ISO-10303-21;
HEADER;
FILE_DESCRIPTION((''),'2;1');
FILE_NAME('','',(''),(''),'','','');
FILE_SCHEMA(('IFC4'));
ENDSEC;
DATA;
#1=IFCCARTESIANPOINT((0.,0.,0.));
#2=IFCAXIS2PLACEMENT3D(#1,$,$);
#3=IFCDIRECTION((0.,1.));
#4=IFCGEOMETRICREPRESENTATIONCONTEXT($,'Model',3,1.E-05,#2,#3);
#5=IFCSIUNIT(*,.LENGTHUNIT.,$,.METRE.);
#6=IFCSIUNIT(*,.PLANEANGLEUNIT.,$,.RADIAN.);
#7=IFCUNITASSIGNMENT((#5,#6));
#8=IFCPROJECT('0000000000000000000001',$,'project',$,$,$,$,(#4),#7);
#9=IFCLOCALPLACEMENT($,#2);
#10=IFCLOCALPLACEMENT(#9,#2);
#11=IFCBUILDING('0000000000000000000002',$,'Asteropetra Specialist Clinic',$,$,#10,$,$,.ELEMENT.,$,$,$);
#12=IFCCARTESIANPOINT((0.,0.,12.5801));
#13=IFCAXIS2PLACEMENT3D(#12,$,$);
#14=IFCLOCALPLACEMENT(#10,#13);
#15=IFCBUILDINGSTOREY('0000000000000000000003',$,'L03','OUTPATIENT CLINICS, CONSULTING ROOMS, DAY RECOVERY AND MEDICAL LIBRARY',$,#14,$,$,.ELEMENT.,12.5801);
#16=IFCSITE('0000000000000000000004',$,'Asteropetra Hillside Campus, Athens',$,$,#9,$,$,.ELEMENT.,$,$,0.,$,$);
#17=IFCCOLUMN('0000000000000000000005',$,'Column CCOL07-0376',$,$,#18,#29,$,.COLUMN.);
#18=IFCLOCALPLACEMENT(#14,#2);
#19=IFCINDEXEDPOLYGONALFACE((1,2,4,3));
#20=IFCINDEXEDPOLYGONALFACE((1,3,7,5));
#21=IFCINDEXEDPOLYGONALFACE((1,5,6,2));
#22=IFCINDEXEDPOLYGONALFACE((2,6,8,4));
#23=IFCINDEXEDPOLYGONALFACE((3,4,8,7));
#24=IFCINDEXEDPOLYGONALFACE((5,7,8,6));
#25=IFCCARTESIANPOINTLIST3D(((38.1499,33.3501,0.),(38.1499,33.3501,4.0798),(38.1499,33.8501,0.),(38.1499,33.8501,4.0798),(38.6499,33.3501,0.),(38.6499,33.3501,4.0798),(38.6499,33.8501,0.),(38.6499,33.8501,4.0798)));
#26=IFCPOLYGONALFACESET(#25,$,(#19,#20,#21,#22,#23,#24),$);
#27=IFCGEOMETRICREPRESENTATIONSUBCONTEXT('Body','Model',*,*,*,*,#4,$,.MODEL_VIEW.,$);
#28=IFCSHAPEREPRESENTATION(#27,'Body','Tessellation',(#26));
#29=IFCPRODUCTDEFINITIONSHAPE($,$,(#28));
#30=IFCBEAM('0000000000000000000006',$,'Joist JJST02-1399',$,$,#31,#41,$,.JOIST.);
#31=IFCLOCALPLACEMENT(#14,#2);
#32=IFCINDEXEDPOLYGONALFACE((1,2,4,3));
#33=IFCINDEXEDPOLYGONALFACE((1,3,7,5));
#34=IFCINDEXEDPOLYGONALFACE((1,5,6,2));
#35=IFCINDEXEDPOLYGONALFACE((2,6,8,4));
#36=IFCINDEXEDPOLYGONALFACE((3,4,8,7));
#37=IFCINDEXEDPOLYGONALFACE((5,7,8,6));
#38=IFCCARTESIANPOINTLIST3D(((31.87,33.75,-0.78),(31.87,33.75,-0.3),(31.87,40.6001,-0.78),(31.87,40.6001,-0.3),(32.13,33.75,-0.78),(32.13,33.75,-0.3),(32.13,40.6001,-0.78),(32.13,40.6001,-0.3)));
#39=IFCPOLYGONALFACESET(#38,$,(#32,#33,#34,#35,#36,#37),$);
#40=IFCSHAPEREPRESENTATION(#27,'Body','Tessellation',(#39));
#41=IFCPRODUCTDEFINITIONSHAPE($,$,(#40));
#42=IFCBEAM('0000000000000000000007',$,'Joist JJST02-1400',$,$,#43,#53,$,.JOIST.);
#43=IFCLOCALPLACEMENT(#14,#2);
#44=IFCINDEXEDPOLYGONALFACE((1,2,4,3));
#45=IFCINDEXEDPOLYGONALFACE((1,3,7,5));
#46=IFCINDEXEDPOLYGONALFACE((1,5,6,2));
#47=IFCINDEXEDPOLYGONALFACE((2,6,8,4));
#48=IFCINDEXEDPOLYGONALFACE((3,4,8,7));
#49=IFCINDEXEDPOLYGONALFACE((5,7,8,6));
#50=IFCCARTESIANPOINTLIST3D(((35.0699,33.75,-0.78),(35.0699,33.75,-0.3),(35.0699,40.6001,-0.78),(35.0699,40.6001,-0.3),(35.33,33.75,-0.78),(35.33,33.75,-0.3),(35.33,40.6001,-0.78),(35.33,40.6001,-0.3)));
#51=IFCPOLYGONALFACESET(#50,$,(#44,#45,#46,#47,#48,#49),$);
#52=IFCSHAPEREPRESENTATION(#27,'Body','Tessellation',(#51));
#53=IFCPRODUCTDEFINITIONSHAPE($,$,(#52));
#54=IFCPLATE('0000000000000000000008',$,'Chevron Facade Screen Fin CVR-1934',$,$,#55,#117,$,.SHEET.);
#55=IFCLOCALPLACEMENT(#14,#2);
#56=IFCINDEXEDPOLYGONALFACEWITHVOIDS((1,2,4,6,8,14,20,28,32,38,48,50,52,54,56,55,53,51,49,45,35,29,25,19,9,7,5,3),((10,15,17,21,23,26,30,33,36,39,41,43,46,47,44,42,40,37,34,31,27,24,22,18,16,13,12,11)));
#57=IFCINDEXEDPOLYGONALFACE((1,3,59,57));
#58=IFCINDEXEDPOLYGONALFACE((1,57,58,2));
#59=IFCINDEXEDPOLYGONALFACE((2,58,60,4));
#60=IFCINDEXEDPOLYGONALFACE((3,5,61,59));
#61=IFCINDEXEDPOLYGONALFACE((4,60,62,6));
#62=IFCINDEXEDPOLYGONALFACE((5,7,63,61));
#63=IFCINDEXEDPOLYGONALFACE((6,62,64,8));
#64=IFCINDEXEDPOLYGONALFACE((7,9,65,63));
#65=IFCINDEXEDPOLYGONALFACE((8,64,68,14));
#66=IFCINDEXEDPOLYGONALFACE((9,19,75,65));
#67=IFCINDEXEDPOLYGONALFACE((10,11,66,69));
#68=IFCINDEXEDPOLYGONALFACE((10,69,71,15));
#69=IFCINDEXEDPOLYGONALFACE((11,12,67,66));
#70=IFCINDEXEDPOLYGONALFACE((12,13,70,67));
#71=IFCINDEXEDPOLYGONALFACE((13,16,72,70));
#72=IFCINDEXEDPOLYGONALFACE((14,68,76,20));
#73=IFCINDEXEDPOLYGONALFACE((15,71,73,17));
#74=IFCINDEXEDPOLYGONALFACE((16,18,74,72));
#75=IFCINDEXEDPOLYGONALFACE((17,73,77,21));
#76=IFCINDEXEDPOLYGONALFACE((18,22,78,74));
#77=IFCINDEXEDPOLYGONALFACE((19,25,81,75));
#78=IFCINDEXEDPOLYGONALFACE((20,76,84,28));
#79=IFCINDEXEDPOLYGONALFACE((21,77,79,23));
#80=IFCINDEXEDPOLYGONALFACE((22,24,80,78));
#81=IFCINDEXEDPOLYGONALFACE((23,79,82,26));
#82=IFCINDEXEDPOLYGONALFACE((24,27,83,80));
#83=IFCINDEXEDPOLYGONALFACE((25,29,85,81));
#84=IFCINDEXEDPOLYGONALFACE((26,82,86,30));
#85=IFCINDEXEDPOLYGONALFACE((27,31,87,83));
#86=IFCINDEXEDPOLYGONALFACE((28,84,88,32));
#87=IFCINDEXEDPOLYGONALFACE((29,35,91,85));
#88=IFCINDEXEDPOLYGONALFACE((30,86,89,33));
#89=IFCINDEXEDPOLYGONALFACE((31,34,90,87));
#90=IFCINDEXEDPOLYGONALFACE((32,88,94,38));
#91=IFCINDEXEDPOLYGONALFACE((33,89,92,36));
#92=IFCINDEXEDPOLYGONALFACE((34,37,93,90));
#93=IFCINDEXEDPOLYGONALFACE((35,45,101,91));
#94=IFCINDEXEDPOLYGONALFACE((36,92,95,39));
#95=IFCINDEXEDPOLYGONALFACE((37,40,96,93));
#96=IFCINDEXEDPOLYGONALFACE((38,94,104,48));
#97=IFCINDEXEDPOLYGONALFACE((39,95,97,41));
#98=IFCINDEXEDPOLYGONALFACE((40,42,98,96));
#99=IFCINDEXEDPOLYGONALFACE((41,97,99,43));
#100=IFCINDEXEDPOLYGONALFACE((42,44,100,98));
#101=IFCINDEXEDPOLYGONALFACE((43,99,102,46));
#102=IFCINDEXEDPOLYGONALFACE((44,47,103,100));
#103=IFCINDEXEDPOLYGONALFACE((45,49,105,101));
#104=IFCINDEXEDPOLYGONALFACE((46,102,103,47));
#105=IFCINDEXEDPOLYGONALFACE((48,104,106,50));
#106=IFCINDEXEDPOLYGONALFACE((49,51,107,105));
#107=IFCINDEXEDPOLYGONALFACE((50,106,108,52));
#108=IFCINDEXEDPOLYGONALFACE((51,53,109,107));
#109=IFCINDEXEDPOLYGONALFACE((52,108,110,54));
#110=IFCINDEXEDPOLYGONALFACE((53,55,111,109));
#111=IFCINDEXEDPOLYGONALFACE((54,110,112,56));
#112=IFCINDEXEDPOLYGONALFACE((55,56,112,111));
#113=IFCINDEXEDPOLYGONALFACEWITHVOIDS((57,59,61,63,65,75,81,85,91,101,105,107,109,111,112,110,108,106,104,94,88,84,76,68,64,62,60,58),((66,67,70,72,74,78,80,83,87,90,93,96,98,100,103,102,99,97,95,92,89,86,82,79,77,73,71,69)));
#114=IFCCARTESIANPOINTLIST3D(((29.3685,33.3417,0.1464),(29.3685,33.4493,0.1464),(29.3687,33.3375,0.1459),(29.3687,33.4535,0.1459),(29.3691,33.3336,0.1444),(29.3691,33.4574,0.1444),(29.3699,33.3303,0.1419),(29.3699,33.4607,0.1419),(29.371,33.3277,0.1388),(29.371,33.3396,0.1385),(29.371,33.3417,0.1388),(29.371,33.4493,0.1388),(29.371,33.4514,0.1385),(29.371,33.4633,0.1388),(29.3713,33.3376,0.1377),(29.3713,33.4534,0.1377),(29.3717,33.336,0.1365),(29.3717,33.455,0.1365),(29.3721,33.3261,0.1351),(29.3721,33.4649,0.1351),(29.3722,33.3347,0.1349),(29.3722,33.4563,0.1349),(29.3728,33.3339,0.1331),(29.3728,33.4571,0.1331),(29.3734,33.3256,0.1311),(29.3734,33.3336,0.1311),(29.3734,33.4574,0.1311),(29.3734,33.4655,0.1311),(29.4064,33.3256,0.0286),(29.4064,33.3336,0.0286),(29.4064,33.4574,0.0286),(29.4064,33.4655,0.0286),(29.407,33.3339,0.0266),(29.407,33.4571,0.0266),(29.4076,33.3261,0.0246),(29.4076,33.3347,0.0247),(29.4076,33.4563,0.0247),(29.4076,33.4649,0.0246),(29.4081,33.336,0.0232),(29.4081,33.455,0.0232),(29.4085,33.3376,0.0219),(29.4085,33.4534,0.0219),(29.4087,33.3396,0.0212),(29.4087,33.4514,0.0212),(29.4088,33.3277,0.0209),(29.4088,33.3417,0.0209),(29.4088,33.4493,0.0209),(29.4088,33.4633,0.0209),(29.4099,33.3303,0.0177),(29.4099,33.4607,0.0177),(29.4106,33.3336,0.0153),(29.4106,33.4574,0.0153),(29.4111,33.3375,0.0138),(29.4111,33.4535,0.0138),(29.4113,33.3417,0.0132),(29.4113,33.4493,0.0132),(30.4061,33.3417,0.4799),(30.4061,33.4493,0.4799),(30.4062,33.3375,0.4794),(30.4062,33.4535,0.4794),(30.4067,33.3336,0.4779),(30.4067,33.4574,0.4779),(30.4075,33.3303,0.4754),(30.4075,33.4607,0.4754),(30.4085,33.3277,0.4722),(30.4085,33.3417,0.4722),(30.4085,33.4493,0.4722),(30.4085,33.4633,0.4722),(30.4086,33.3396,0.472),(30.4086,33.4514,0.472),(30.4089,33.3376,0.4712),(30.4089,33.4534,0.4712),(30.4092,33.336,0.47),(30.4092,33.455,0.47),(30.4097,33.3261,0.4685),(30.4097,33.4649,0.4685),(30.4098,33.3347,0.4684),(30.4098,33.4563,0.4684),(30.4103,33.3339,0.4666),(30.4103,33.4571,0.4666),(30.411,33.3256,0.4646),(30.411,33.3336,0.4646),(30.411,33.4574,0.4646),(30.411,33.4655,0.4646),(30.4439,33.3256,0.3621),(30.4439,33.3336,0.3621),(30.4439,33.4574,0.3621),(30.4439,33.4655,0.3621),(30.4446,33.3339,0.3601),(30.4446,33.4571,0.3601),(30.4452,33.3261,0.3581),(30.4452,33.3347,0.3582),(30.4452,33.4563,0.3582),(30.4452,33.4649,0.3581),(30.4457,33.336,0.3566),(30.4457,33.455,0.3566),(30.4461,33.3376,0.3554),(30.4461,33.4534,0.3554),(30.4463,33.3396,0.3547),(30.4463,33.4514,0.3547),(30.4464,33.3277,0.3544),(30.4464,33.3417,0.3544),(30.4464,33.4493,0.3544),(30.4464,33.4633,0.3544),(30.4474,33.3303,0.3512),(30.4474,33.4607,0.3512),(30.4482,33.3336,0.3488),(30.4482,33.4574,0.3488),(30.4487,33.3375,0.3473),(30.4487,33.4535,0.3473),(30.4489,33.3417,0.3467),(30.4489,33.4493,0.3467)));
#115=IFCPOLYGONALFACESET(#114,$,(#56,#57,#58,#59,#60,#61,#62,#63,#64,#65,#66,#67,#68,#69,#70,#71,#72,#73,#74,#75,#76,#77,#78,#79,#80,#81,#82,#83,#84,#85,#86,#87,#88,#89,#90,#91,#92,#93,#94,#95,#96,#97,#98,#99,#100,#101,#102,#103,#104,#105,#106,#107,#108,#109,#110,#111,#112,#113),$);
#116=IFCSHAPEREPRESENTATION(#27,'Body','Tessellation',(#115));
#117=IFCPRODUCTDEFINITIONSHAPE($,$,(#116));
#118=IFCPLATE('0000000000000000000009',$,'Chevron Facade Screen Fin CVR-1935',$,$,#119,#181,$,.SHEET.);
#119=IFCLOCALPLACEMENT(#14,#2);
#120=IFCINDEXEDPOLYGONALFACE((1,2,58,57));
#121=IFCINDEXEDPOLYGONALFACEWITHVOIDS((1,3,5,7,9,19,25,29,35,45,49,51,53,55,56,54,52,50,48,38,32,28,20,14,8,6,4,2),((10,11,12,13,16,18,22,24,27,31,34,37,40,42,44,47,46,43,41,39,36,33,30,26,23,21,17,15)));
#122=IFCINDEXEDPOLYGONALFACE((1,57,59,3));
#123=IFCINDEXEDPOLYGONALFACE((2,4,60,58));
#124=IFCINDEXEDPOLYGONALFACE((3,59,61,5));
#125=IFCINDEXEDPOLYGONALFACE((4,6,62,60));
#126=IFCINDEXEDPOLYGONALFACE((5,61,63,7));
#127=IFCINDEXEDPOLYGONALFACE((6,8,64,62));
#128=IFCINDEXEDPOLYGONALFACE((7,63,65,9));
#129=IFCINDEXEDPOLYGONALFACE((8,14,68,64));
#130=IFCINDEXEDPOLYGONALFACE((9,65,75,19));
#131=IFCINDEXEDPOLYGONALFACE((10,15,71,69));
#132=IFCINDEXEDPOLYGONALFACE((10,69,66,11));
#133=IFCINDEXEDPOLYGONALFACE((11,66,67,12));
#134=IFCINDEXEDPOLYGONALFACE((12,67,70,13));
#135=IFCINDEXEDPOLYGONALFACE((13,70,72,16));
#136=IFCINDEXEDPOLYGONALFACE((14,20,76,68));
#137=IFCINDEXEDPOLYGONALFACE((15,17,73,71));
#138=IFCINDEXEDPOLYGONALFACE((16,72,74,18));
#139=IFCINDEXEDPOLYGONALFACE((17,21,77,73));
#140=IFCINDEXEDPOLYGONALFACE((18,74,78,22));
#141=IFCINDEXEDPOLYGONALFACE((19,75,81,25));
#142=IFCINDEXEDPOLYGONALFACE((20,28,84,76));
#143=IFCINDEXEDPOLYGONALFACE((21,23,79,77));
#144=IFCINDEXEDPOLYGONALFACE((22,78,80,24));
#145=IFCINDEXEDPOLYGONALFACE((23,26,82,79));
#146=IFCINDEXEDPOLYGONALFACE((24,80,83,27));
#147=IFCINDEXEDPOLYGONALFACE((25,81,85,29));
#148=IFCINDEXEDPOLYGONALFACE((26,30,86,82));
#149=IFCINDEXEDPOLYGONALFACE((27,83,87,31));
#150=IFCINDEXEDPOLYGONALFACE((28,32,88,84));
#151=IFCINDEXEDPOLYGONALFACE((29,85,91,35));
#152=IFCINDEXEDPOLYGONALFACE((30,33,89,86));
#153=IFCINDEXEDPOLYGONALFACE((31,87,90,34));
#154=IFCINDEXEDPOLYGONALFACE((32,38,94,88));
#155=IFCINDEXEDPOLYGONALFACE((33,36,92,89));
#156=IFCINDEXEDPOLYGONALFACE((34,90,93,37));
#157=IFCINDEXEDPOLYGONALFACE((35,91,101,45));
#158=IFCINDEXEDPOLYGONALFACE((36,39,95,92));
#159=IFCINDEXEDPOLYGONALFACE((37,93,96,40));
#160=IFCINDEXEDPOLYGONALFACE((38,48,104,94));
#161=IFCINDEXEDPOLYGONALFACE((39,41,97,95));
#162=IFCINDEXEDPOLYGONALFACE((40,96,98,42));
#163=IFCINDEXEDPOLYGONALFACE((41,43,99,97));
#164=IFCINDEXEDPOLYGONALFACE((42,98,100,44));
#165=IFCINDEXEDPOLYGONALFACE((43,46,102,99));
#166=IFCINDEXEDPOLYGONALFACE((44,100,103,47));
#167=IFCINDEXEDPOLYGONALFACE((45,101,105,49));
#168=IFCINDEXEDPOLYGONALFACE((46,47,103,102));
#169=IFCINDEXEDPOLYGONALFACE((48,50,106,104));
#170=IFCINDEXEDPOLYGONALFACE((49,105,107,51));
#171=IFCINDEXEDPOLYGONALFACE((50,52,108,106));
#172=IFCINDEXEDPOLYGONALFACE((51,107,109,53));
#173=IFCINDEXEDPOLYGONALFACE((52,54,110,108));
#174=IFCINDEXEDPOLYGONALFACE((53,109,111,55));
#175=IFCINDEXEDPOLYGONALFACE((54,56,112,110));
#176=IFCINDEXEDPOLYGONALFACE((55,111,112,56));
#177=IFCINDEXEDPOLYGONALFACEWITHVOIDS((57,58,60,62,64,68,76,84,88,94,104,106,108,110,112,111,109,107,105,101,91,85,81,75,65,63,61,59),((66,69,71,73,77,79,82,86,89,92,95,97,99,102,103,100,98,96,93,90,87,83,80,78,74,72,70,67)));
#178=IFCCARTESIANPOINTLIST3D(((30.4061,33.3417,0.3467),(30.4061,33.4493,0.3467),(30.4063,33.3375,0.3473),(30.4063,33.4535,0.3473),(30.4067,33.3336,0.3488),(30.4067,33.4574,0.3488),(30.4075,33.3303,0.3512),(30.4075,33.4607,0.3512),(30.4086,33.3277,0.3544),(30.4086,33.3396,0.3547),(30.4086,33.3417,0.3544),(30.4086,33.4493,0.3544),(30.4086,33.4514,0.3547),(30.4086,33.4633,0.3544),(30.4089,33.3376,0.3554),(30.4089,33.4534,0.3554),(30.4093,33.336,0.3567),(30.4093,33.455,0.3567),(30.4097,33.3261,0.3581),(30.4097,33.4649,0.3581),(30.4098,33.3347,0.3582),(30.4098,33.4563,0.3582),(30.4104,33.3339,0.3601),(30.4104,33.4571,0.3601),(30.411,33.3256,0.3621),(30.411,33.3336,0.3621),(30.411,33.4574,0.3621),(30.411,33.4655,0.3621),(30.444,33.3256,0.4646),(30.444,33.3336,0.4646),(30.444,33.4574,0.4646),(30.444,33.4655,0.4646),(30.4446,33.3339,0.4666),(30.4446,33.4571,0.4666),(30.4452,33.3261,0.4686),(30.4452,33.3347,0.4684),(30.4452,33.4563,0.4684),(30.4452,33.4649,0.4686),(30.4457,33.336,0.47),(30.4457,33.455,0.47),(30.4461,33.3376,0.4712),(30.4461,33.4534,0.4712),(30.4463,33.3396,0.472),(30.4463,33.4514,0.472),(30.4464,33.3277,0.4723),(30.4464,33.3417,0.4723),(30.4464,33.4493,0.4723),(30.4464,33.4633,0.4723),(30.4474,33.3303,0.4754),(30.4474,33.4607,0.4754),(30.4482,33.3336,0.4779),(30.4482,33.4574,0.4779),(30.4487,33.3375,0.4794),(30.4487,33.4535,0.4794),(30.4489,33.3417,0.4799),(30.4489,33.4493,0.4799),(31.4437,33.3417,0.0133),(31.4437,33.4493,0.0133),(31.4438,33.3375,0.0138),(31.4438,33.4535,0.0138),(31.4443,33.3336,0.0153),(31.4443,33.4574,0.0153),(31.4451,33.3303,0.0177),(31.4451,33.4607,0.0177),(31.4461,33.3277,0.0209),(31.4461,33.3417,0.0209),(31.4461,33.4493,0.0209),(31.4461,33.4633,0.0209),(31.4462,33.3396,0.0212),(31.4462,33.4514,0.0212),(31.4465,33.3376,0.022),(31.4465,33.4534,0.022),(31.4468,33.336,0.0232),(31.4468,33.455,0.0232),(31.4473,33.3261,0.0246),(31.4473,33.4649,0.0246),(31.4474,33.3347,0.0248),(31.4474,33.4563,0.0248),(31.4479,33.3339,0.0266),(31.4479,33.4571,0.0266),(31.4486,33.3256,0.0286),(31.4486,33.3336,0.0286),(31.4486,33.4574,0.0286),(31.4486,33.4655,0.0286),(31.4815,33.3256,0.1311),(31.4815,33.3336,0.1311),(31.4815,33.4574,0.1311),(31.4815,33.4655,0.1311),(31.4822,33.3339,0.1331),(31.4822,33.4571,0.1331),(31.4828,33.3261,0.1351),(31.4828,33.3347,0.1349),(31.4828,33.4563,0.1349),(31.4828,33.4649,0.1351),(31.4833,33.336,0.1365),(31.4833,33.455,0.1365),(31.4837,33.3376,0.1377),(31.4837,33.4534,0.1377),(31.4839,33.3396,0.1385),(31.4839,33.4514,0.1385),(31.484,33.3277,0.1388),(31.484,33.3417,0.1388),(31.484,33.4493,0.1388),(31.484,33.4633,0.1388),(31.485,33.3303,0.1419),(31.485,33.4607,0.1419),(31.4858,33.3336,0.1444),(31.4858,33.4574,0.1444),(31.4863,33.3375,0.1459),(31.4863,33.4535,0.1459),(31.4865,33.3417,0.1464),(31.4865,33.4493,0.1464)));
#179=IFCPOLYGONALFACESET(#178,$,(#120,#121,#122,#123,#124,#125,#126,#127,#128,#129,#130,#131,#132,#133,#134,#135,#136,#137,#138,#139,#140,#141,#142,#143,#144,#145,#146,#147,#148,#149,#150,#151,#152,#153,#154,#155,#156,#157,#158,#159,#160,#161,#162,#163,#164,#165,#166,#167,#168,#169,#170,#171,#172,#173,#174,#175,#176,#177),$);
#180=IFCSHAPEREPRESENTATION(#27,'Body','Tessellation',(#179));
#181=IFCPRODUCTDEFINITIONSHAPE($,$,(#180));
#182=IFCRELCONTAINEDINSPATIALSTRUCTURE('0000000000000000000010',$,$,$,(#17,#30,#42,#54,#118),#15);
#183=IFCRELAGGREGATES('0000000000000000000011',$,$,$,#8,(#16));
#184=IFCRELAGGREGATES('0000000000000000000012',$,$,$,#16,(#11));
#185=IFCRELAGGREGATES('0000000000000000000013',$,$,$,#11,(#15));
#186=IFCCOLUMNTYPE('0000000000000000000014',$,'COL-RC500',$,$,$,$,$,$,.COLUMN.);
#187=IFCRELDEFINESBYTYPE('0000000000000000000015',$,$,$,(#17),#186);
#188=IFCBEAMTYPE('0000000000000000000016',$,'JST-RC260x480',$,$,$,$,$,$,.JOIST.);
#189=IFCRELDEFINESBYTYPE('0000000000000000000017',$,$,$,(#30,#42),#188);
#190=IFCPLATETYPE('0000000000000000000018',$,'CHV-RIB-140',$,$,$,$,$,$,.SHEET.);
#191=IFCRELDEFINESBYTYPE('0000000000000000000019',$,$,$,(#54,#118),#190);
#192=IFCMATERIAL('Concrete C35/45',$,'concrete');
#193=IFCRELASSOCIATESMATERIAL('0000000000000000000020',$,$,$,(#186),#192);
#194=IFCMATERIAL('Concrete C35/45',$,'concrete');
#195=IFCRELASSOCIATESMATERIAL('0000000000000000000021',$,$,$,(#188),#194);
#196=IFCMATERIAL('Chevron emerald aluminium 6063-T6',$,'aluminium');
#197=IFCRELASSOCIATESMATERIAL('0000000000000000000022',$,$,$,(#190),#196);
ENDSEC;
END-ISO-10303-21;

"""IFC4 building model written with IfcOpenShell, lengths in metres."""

from ifc_helpers import new_model, si_unit, direction, frame, origin, origin_2d, place, context, subcontext, project, spatial, rectangle, hollow_rectangle, extrude, material, material_profile, profile_set, type_object, element, save


model = new_model("IFC4")

# Units and contexts
model_context = context("Model", 3, precision=1e-05, world=origin(), true_north=direction((0.0, 1.0)))
body_context = subcontext(model_context, "Body", "Model", "MODEL_VIEW")
ifc_project = project(units=[si_unit("LENGTHUNIT", "METRE"), si_unit("PLANEANGLEUNIT", "RADIAN")], contexts=[model_context])

# Site, building, storey
site_placement = place(None, origin())
site = spatial("IfcSite", under=ifc_project, at=site_placement, Name="Asteropetra Hillside Campus, Athens", CompositionType="ELEMENT", RefElevation=0.0)
building_placement = place(site_placement, origin())
building = spatial("IfcBuilding", under=site, at=building_placement, Name="Asteropetra Specialist Clinic", CompositionType="ELEMENT")
storey_placement = place(building_placement, frame((0.0, 0.0, 12.5801)))
storey = spatial("IfcBuildingStorey", under=building, at=storey_placement, Name="L03", Description="OUTPATIENT CLINICS, CONSULTING ROOMS, DAY RECOVERY AND MEDICAL LIBRARY", CompositionType="ELEMENT", Elevation=12.5801)

# Column
ifc_material_1 = material(Name="Concrete C35/45", Category="concrete")
ifc_material_profile_1 = material_profile(ifc_material_1, rectangle(XDim=0.5, YDim=0.5, at=origin_2d()), Name="RC 500x500")
ifc_profile_set_1 = profile_set([ifc_material_profile_1], Name="Concrete C35/45")
column_type = type_object("IfcColumnType", Name="COL-RC500", PredefinedType="COLUMN", material=ifc_profile_set_1)
column_placement = place(storey_placement, frame((38.3999, 33.6001, 0.0), z_axis=(0.0, 0.0, 1.0), x_axis=(1.0, 0.0, 0.0)))
element("IfcColumn", 1, at=column_placement, inside=storey, type_object=column_type, Name="Column CCOL07-0376", PredefinedType="COLUMN", context=body_context, shape_type="SweptSolid", body=[
    extrude(rectangle(XDim=0.5, YDim=0.5, at=origin_2d()), origin(), (0.0, 0.0, 1.0), 4.0798),
])

# Beams
ifc_material_2 = material(Name="Concrete C35/45", Category="concrete")
ifc_material_profile_2 = material_profile(ifc_material_2, rectangle(XDim=0.26, YDim=0.48, at=origin_2d()), Name="RCJ 260x480")
ifc_profile_set_2 = profile_set([ifc_material_profile_2], Name="Concrete C35/45")
beam_type = type_object("IfcBeamType", Name="JST-RC260x480", PredefinedType="JOIST", material=ifc_profile_set_2)
for number, where, z_axis, x_axis, name in (
    (2, (32.0, 33.75, -0.54), (0.0, 1.0, 0.0), (-1.0, 0.0, 0.0), "Joist JJST02-1399"),
    (3, (35.2, 33.75, -0.54), (0.0, 1.0, 0.0), (-1.0, 0.0, 0.0), "Joist JJST02-1400"),
):
    element("IfcBeam", number, at=place(storey_placement, frame(where, z_axis=z_axis, x_axis=x_axis)), inside=storey, type_object=beam_type, Name=name, PredefinedType="JOIST", context=body_context, shape_type="SweptSolid", body=[
        extrude(rectangle(XDim=0.26, YDim=0.48, at=origin_2d()), origin(), (0.0, 0.0, 1.0), 6.8501),
    ])

# Plates
ifc_material_3 = material(Name="Chevron emerald aluminium 6063-T6", Category="aluminium")
ifc_material_profile_3 = material_profile(ifc_material_3, hollow_rectangle(XDim=0.1399, YDim=0.1399, WallThickness=0.0081, InnerFilletRadius=0.0081, OuterFilletRadius=0.0161, at=origin_2d()), Name="SHS 140x140x8.0")
ifc_profile_set_3 = profile_set([ifc_material_profile_3], Name="Chevron emerald aluminium 6063-T6")
plate_type_1 = type_object("IfcPlateType", Name="CHV-RIB-140", PredefinedType="SHEET", material=ifc_profile_set_3)
for number, where, z_axis, x_axis, name in (
    (4, (29.3899, 33.3955, 0.0798), (0.952033, 0.0, 0.305995), (0.0, 1.0, 0.0), "Chevron Facade Screen Fin CVR-1934"),
    (5, (30.4275, 33.3955, 0.4133), (0.952033, 0.0, -0.305995), (0.0, 1.0, 0.0), "Chevron Facade Screen Fin CVR-1935"),
):
    element("IfcPlate", number, at=place(storey_placement, frame(where, z_axis=z_axis, x_axis=x_axis)), inside=storey, type_object=plate_type_1, Name=name, PredefinedType="SHEET", context=body_context, shape_type="SweptSolid", body=[
        extrude(hollow_rectangle(XDim=0.1399, YDim=0.1399, WallThickness=0.0081, InnerFilletRadius=0.0081, OuterFilletRadius=0.0161, at=origin_2d()), origin(), (0.0, 0.0, 1.0), 1.0898),
    ])

save(model, "model.ifc")
